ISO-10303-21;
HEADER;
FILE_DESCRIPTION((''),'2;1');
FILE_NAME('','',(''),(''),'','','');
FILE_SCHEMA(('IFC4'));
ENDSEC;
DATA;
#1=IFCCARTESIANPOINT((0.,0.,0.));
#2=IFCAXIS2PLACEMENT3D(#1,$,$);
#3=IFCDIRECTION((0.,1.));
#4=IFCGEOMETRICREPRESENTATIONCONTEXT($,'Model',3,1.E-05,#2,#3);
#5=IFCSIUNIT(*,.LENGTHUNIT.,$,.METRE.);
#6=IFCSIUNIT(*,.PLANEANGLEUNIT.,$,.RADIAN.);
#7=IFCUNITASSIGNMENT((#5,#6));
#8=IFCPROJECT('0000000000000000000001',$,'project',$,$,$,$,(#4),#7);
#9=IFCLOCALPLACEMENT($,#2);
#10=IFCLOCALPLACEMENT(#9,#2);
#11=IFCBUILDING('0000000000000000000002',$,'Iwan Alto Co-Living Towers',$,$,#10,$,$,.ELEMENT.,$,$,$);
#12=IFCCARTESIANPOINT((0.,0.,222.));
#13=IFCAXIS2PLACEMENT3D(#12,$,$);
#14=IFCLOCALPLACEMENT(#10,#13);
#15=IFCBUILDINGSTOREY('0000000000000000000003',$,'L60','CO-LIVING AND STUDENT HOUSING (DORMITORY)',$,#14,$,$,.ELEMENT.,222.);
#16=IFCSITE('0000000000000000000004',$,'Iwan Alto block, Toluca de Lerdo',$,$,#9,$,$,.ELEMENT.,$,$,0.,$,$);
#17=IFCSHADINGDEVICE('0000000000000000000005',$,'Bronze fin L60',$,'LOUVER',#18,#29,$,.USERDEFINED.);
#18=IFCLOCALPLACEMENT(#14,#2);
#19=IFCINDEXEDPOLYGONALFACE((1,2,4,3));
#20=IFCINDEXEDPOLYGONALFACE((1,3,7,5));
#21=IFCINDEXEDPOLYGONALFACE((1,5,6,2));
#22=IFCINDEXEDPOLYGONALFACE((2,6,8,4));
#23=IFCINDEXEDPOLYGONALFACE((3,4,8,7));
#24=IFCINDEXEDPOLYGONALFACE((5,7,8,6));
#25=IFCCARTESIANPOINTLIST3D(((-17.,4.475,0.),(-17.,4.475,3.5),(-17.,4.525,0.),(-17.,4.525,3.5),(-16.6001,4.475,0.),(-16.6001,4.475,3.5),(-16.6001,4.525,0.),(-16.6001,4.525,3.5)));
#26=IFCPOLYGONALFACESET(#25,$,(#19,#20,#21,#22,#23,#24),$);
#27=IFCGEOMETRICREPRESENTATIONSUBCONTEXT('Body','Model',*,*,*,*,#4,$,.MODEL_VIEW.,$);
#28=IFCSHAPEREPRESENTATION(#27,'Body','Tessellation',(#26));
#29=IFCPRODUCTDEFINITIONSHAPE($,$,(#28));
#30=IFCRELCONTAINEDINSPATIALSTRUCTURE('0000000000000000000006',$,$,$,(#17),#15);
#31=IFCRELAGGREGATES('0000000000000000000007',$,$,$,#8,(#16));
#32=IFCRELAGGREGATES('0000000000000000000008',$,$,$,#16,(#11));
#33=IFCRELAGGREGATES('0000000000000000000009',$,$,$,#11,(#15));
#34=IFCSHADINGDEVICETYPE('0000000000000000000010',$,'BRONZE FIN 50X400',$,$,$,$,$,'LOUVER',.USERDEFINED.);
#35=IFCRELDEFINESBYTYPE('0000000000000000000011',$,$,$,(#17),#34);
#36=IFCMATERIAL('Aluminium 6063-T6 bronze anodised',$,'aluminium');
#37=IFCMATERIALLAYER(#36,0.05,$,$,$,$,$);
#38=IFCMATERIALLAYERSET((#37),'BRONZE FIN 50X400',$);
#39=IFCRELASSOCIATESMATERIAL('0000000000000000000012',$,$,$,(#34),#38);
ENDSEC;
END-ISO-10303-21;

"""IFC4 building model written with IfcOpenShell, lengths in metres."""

from ifc_helpers import new_model, si_unit, direction, frame, origin, origin_2d, place, context, subcontext, project, spatial, rectangle, extrude, material, layer, layer_set, type_object, element, save


model = new_model("IFC4")

# Units and contexts
model_context = context("Model", 3, precision=1e-05, world=origin(), true_north=direction((0.0, 1.0)))
body_context = subcontext(model_context, "Body", "Model", "MODEL_VIEW")
ifc_project = project(units=[si_unit("LENGTHUNIT", "METRE"), si_unit("PLANEANGLEUNIT", "RADIAN")], contexts=[model_context])

# Site, building, storey
site_placement = place(None, origin())
site = spatial("IfcSite", under=ifc_project, at=site_placement, Name="Iwan Alto block, Toluca de Lerdo", CompositionType="ELEMENT", RefElevation=0.0)
building_placement = place(site_placement, origin())
building = spatial("IfcBuilding", under=site, at=building_placement, Name="Iwan Alto Co-Living Towers", CompositionType="ELEMENT")
storey_placement = place(building_placement, frame((0.0, 0.0, 222.0)))
storey = spatial("IfcBuildingStorey", under=building, at=storey_placement, Name="L60", Description="CO-LIVING AND STUDENT HOUSING (DORMITORY)", CompositionType="ELEMENT", Elevation=222.0)

# Shading device
ifc_material_1 = material(Name="Aluminium 6063-T6 bronze anodised", Category="aluminium")
ifc_layer_1 = layer(ifc_material_1, 0.05)
ifc_layer_set_1 = layer_set([ifc_layer_1], Name="BRONZE FIN 50X400")
shading_device_type = type_object("IfcShadingDeviceType", Name="BRONZE FIN 50X400", ElementType="LOUVER", PredefinedType="USERDEFINED", material=ifc_layer_set_1)
shading_device_placement = place(storey_placement, frame((-16.8, 4.5, 0.0), z_axis=(0.0, 0.0, 1.0), x_axis=(0.0, -1.0, 0.0)))
element("IfcShadingDevice", 1, at=shading_device_placement, inside=storey, type_object=shading_device_type, Name="Bronze fin L60", ObjectType="LOUVER", PredefinedType="USERDEFINED", context=body_context, shape_type="SweptSolid", body=[
    extrude(rectangle(XDim=0.05, YDim=0.3999, at=origin_2d()), origin(), (0.0, 0.0, 1.0), 3.5),
])

save(model, "model.ifc")
